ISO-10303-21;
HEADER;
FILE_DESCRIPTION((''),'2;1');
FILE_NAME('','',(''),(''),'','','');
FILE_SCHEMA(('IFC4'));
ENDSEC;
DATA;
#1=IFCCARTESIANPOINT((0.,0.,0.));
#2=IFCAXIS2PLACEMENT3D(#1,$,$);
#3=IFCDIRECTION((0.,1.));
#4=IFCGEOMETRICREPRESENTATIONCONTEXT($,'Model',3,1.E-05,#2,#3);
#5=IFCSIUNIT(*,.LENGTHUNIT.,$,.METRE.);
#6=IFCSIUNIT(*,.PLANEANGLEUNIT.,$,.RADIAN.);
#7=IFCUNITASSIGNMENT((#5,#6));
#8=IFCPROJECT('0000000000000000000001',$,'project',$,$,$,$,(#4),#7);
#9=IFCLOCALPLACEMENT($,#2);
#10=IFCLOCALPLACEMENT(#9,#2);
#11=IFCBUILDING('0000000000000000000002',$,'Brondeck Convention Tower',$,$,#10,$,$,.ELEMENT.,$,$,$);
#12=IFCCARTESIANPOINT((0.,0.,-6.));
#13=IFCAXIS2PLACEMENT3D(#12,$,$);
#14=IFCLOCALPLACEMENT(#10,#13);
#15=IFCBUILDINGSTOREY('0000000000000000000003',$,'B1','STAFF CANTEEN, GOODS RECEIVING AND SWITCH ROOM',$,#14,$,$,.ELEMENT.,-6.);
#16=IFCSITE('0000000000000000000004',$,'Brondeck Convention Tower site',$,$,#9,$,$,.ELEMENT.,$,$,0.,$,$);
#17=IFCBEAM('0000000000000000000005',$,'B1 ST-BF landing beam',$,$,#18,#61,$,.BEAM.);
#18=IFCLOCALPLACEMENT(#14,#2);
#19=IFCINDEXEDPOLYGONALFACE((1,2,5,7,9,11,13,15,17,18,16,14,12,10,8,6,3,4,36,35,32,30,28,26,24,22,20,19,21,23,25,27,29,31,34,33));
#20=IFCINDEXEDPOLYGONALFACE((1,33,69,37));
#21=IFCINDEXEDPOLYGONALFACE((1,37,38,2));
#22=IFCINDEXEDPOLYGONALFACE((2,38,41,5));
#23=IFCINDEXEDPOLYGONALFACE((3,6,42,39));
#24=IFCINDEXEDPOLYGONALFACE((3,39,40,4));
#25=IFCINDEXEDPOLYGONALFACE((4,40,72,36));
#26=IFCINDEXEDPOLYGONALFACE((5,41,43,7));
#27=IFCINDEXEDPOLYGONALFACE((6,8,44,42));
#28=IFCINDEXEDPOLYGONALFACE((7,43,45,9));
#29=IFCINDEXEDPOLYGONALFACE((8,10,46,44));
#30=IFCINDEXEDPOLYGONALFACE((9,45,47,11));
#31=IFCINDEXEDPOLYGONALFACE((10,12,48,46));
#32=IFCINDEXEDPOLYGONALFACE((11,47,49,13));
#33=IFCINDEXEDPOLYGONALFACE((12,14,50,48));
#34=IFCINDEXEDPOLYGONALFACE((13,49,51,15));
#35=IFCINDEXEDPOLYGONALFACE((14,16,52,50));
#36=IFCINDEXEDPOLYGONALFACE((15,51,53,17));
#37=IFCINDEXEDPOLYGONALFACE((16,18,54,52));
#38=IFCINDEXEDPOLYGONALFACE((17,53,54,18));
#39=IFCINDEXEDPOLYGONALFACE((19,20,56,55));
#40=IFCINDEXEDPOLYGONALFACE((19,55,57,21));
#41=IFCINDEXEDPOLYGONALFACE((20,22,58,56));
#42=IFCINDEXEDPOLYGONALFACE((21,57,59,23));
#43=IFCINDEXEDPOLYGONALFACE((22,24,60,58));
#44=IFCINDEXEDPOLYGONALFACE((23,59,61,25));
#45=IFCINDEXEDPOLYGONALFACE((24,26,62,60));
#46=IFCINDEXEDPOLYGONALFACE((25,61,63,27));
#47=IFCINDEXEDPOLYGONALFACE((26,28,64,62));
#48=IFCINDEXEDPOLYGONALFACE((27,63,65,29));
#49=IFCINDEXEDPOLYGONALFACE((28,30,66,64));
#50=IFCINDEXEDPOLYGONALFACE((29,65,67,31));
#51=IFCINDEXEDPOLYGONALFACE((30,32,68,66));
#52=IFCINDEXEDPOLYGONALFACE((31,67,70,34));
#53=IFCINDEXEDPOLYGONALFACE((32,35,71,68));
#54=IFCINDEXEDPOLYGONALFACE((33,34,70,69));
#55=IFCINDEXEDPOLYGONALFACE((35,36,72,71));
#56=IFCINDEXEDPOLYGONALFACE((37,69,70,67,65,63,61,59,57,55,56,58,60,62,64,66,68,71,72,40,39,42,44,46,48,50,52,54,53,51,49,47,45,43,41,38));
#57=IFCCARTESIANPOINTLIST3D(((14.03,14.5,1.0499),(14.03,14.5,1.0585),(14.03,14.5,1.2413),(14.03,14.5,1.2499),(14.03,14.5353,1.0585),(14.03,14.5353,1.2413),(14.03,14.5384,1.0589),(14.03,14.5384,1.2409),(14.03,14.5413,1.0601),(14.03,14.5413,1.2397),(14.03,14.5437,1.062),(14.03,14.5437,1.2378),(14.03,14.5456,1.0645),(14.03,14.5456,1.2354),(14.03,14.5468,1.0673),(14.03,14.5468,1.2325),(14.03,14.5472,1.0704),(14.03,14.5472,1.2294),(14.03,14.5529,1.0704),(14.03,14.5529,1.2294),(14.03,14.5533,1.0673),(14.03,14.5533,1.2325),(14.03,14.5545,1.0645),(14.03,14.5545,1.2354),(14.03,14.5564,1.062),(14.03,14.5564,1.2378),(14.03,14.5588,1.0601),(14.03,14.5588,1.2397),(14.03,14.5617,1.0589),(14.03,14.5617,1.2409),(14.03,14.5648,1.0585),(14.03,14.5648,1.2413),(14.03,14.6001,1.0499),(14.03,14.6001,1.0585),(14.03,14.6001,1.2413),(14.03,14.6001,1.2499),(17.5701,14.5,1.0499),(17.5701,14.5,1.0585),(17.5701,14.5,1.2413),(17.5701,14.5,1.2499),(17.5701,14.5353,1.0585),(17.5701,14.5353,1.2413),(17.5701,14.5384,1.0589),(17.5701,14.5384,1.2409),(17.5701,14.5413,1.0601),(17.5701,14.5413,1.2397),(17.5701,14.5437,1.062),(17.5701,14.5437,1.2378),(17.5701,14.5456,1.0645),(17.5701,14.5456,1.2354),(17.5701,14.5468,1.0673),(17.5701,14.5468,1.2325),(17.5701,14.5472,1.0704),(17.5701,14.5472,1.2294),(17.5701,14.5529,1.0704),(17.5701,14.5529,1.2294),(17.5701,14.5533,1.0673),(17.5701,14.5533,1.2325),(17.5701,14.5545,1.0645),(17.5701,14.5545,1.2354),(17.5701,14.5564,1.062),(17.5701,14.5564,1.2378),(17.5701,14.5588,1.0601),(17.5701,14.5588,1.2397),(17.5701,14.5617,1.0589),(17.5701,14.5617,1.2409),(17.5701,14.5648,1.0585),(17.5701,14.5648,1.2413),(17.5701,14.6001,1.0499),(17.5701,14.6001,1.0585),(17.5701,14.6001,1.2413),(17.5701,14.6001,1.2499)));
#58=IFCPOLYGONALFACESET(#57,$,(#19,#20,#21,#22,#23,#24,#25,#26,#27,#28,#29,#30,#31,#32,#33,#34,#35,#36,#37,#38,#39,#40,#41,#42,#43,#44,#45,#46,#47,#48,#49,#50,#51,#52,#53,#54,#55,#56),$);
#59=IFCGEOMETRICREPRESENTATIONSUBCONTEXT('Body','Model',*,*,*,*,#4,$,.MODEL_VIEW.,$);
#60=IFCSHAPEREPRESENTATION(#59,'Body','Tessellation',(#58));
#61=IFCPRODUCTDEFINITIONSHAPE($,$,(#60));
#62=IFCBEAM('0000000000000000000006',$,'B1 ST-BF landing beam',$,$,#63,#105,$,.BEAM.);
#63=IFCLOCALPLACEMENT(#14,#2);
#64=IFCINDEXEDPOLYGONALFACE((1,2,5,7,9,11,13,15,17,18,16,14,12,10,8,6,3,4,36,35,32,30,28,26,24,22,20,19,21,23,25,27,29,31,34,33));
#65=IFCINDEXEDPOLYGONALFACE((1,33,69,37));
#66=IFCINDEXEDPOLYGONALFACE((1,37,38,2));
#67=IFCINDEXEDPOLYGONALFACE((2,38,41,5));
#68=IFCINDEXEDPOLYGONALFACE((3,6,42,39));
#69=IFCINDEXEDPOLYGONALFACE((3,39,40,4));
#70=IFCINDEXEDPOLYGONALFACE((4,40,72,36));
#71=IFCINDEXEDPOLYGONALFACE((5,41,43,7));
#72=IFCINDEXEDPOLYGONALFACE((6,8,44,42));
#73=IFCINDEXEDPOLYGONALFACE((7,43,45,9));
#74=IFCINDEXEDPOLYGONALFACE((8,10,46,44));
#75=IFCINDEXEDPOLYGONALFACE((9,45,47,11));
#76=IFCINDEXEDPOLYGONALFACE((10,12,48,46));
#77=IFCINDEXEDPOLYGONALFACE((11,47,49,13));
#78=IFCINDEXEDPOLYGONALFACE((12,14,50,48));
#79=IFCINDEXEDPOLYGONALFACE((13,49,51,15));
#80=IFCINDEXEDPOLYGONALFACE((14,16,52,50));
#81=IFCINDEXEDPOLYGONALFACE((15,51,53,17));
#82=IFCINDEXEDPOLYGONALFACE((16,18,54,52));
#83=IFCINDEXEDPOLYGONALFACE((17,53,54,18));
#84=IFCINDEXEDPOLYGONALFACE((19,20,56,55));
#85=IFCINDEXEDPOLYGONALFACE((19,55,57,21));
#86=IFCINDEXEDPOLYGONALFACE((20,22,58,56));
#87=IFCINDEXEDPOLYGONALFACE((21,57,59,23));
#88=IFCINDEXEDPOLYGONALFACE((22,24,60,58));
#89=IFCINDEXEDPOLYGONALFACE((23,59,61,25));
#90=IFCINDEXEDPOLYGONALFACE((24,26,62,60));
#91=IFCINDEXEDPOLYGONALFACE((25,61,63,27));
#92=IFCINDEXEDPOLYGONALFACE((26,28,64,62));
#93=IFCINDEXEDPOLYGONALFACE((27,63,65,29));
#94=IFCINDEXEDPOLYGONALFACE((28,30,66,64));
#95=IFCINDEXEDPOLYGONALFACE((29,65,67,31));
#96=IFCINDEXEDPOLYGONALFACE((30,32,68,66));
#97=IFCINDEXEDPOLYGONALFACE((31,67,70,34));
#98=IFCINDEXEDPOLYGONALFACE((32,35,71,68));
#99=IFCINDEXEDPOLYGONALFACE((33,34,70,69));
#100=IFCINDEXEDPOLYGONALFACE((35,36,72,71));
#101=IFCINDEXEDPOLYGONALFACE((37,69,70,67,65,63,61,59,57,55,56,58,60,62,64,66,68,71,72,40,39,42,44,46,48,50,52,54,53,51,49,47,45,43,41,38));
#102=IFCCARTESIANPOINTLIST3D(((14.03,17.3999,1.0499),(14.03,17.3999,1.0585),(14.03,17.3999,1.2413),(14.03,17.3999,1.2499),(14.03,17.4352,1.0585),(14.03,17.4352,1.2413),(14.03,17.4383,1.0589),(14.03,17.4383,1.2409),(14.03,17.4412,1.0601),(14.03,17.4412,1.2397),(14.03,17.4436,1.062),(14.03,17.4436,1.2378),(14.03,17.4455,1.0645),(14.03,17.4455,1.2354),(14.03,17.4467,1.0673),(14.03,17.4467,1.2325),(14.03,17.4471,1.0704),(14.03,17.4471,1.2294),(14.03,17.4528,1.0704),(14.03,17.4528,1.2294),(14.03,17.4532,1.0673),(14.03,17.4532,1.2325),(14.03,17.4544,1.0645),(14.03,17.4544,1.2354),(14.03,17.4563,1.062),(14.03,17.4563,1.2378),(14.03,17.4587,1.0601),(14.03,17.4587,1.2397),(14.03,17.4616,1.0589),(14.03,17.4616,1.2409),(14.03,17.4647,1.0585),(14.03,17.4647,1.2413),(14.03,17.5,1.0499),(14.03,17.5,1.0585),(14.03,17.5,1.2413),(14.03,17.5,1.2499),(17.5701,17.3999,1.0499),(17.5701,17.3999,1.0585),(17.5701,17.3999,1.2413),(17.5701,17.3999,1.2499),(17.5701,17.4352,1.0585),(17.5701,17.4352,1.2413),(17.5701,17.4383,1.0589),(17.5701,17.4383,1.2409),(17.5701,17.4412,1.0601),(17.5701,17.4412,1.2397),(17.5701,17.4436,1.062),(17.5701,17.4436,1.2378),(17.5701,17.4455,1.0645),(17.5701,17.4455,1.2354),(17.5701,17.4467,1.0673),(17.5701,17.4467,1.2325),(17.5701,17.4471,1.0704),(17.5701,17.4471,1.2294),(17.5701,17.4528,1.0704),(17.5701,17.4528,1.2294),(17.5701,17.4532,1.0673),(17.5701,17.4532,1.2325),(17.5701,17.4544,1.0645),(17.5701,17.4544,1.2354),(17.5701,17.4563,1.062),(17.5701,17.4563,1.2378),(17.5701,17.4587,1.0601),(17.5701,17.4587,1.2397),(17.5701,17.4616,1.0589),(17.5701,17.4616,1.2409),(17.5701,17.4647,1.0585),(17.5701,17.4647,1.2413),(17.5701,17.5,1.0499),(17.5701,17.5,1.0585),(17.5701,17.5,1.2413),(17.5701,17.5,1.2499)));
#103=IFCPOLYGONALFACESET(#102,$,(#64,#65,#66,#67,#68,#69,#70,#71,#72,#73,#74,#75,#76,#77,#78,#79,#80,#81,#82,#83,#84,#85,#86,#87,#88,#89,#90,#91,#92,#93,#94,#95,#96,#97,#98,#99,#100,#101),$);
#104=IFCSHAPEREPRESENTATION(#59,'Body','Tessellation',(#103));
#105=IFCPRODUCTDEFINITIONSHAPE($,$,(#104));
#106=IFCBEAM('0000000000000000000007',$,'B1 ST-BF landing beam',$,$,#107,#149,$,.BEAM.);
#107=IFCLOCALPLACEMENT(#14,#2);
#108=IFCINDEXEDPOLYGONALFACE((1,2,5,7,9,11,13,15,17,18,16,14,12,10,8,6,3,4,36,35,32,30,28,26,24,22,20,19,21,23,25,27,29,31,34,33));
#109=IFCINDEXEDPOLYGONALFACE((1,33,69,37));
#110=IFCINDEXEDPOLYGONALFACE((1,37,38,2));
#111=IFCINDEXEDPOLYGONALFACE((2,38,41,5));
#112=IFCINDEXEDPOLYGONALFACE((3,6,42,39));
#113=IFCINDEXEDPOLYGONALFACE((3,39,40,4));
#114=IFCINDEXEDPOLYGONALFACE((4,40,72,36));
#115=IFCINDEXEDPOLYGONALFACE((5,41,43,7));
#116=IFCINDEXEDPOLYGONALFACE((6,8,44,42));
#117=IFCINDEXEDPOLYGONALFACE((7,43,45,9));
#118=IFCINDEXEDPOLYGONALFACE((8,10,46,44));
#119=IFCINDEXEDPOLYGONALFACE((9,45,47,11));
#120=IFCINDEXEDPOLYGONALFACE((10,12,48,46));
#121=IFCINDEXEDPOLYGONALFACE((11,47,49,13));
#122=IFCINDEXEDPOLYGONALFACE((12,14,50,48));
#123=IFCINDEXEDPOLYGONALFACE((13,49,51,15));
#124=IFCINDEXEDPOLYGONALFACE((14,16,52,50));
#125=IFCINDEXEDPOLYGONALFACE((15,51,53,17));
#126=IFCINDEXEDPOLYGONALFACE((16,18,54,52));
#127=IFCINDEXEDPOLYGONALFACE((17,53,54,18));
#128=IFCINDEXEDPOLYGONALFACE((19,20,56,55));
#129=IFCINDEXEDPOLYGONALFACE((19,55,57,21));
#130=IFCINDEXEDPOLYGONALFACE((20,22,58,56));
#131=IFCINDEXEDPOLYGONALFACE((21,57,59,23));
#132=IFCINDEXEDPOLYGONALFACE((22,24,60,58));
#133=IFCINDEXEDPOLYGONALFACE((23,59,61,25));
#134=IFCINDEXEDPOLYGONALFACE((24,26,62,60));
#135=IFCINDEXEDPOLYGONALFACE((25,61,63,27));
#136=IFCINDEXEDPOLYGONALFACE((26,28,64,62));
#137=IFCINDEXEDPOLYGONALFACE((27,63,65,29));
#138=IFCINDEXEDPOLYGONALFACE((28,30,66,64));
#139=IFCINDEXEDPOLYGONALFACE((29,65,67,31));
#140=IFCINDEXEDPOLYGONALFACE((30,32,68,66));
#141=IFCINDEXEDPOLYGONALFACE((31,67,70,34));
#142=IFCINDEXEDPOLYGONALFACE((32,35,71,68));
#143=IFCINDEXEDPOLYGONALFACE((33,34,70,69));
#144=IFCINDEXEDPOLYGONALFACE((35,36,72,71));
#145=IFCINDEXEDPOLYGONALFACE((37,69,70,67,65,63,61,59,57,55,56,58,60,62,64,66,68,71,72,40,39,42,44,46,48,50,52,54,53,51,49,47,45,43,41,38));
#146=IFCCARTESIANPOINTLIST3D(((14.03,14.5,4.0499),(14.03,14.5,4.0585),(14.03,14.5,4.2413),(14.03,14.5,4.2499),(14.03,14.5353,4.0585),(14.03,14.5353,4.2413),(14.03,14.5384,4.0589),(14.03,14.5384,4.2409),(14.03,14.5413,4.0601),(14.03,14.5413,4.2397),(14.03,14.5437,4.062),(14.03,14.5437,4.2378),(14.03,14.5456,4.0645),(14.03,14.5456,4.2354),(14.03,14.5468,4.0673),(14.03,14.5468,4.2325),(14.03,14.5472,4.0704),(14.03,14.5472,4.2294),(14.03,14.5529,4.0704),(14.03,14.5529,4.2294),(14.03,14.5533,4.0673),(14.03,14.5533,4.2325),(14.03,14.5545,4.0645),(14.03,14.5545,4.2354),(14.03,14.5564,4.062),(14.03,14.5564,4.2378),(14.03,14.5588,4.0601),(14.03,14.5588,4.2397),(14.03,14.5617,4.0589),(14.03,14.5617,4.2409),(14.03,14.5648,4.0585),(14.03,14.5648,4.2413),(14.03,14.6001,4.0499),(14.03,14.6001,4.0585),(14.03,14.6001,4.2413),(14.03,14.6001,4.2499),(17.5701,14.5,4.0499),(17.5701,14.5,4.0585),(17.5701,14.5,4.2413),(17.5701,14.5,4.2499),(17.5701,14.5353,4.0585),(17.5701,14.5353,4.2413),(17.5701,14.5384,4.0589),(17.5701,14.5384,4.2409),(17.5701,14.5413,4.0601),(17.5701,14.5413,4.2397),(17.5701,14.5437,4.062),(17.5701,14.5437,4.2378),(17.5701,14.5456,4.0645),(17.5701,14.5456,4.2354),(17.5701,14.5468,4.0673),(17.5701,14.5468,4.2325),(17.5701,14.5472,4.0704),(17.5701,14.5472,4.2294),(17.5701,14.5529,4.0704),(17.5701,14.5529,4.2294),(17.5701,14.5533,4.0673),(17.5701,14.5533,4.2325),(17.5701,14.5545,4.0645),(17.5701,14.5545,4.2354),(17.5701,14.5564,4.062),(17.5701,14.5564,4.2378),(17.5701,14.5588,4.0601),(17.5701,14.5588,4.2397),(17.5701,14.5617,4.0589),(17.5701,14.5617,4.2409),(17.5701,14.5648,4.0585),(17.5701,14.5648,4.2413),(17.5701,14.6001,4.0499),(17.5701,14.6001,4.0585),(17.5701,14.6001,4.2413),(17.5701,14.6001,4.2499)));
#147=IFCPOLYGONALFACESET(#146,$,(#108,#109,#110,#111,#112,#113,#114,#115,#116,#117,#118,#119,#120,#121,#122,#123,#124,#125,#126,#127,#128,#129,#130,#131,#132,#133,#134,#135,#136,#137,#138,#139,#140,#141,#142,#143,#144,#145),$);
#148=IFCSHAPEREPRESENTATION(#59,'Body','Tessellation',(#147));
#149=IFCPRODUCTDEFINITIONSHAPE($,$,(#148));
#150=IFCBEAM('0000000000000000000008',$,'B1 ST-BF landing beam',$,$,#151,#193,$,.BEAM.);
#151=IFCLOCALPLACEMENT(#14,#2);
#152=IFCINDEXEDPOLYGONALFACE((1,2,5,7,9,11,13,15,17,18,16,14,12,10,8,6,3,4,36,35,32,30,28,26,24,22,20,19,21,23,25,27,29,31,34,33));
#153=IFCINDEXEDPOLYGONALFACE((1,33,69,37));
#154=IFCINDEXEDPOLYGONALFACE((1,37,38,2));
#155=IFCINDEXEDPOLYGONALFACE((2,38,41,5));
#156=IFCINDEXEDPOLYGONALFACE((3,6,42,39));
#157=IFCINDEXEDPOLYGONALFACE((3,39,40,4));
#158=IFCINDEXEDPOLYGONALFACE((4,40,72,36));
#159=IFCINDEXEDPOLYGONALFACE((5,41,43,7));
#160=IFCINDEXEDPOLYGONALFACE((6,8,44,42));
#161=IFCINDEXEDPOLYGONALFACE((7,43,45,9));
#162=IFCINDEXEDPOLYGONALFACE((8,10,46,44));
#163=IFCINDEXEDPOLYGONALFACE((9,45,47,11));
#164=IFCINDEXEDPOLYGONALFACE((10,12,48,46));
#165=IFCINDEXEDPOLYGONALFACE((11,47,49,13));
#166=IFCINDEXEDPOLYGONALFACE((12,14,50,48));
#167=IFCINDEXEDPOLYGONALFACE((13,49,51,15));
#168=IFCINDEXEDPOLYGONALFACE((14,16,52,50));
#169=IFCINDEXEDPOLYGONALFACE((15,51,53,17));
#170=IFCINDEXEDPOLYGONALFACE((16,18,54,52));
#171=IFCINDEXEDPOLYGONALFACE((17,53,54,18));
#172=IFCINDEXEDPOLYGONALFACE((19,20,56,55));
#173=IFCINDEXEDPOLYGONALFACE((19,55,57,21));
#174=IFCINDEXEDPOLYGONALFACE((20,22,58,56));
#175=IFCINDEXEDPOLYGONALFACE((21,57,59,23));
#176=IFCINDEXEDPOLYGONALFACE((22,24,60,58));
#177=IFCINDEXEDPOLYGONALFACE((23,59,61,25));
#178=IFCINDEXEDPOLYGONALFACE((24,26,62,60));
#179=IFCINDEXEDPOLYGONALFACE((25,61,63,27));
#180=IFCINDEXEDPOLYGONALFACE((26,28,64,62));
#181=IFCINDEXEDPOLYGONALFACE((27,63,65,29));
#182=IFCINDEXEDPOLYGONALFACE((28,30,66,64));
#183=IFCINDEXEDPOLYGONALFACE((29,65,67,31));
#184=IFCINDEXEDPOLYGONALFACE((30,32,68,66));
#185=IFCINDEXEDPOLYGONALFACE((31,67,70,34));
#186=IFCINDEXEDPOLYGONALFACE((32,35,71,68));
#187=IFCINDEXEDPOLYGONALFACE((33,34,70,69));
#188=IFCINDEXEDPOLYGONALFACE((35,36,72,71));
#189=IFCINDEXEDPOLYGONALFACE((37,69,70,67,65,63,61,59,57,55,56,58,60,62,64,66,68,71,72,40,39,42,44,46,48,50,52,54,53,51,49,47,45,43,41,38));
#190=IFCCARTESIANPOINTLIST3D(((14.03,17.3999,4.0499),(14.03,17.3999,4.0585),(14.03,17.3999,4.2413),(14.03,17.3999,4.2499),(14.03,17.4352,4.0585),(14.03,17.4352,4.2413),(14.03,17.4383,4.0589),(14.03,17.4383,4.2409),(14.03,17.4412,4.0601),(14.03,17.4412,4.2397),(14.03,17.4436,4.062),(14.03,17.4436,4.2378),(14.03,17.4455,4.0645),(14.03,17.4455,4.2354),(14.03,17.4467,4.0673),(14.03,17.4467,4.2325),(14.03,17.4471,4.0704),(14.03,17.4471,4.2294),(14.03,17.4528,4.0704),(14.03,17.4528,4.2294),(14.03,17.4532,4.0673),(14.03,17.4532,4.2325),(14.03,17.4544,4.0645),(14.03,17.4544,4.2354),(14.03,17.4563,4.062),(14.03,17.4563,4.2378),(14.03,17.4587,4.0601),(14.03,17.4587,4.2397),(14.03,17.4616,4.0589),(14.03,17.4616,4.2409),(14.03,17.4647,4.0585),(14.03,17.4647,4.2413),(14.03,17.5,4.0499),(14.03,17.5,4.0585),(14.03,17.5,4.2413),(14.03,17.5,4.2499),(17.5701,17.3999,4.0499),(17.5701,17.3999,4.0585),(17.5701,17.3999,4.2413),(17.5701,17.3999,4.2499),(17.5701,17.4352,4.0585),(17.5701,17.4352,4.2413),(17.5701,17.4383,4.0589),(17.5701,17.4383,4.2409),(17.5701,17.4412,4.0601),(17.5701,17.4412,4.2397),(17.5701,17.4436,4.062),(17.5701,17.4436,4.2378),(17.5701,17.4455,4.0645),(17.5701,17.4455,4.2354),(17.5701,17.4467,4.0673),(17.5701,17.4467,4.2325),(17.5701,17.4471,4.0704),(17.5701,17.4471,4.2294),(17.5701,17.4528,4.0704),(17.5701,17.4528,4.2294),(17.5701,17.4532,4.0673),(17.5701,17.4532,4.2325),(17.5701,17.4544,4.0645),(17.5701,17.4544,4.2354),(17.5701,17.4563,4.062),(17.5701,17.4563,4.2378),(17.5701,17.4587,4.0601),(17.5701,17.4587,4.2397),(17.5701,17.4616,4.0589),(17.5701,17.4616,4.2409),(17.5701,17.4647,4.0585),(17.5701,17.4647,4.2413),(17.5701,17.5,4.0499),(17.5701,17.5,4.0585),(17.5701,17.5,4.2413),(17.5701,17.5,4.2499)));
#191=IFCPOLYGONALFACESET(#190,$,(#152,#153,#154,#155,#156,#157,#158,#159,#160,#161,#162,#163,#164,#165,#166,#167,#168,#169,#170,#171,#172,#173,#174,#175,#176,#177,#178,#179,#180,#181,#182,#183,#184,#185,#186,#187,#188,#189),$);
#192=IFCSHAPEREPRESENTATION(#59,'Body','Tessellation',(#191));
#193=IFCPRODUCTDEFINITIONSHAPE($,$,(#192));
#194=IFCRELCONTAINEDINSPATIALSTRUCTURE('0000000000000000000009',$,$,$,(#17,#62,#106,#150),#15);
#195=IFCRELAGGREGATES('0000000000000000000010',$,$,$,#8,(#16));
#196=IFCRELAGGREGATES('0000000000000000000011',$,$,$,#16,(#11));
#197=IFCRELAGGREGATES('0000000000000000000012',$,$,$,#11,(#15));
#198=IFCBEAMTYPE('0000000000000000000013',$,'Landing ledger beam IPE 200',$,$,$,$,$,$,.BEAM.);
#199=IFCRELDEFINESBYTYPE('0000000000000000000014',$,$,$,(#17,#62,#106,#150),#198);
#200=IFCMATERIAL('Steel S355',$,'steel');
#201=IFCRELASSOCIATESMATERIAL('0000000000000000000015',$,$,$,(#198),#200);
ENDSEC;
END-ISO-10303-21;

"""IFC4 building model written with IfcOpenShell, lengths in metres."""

from ifc_helpers import new_model, si_unit, direction, frame, origin, origin_2d, place, context, subcontext, project, spatial, i_section, extrude, material, material_profile, profile_set, type_object, element, save


model = new_model("IFC4")

# Units and contexts
model_context = context("Model", 3, precision=1e-05, world=origin(), true_north=direction((0.0, 1.0)))
body_context = subcontext(model_context, "Body", "Model", "MODEL_VIEW")
ifc_project = project(units=[si_unit("LENGTHUNIT", "METRE"), si_unit("PLANEANGLEUNIT", "RADIAN")], contexts=[model_context])

# Site, building, storey
site_placement = place(None, origin())
site = spatial("IfcSite", under=ifc_project, at=site_placement, Name="Brondeck Convention Tower site", CompositionType="ELEMENT", RefElevation=0.0)
building_placement = place(site_placement, origin())
building = spatial("IfcBuilding", under=site, at=building_placement, Name="Brondeck Convention Tower", CompositionType="ELEMENT")
storey_placement = place(building_placement, frame((0.0, 0.0, -6.0)))
storey = spatial("IfcBuildingStorey", under=building, at=storey_placement, Name="B1", Description="STAFF CANTEEN, GOODS RECEIVING AND SWITCH ROOM", CompositionType="ELEMENT", Elevation=-6.0)

# Beams
ifc_material_1 = material(Name="Steel S355", Category="steel")
ifc_material_profile_1 = material_profile(ifc_material_1, i_section(OverallWidth=0.1001, OverallDepth=0.2, WebThickness=0.0056, FlangeThickness=0.0085, FilletRadius=0.012, at=origin_2d()), Name="IPE200")
ifc_profile_set_1 = profile_set([ifc_material_profile_1], Name="Steel S355")
beam_type = type_object("IfcBeamType", Name="Landing ledger beam IPE 200", PredefinedType="BEAM", material=ifc_profile_set_1)
for number, where, z_axis, x_axis, name in (
    (1, (17.5701, 14.55, 1.1499), (-1.0, 0.0, 0.0), (0.0, -1.0, 0.0), "B1 ST-BF landing beam"),
    (2, (17.5701, 17.45, 1.1499), (-1.0, 0.0, 0.0), (0.0, -1.0, 0.0), "B1 ST-BF landing beam"),
    (3, (17.5701, 14.55, 4.1499), (-1.0, 0.0, 0.0), (0.0, -1.0, 0.0), "B1 ST-BF landing beam"),
    (4, (17.5701, 17.45, 4.1499), (-1.0, 0.0, 0.0), (0.0, -1.0, 0.0), "B1 ST-BF landing beam"),
):
    element("IfcBeam", number, at=place(storey_placement, frame(where, z_axis=z_axis, x_axis=x_axis)), inside=storey, type_object=beam_type, Name=name, PredefinedType="BEAM", context=body_context, shape_type="SweptSolid", body=[
        extrude(i_section(OverallWidth=0.1001, OverallDepth=0.2, WebThickness=0.0056, FlangeThickness=0.0085, FilletRadius=0.012, at=origin_2d()), origin(), (0.0, 0.0, 1.0), 3.54),
    ])

save(model, "model.ifc")
